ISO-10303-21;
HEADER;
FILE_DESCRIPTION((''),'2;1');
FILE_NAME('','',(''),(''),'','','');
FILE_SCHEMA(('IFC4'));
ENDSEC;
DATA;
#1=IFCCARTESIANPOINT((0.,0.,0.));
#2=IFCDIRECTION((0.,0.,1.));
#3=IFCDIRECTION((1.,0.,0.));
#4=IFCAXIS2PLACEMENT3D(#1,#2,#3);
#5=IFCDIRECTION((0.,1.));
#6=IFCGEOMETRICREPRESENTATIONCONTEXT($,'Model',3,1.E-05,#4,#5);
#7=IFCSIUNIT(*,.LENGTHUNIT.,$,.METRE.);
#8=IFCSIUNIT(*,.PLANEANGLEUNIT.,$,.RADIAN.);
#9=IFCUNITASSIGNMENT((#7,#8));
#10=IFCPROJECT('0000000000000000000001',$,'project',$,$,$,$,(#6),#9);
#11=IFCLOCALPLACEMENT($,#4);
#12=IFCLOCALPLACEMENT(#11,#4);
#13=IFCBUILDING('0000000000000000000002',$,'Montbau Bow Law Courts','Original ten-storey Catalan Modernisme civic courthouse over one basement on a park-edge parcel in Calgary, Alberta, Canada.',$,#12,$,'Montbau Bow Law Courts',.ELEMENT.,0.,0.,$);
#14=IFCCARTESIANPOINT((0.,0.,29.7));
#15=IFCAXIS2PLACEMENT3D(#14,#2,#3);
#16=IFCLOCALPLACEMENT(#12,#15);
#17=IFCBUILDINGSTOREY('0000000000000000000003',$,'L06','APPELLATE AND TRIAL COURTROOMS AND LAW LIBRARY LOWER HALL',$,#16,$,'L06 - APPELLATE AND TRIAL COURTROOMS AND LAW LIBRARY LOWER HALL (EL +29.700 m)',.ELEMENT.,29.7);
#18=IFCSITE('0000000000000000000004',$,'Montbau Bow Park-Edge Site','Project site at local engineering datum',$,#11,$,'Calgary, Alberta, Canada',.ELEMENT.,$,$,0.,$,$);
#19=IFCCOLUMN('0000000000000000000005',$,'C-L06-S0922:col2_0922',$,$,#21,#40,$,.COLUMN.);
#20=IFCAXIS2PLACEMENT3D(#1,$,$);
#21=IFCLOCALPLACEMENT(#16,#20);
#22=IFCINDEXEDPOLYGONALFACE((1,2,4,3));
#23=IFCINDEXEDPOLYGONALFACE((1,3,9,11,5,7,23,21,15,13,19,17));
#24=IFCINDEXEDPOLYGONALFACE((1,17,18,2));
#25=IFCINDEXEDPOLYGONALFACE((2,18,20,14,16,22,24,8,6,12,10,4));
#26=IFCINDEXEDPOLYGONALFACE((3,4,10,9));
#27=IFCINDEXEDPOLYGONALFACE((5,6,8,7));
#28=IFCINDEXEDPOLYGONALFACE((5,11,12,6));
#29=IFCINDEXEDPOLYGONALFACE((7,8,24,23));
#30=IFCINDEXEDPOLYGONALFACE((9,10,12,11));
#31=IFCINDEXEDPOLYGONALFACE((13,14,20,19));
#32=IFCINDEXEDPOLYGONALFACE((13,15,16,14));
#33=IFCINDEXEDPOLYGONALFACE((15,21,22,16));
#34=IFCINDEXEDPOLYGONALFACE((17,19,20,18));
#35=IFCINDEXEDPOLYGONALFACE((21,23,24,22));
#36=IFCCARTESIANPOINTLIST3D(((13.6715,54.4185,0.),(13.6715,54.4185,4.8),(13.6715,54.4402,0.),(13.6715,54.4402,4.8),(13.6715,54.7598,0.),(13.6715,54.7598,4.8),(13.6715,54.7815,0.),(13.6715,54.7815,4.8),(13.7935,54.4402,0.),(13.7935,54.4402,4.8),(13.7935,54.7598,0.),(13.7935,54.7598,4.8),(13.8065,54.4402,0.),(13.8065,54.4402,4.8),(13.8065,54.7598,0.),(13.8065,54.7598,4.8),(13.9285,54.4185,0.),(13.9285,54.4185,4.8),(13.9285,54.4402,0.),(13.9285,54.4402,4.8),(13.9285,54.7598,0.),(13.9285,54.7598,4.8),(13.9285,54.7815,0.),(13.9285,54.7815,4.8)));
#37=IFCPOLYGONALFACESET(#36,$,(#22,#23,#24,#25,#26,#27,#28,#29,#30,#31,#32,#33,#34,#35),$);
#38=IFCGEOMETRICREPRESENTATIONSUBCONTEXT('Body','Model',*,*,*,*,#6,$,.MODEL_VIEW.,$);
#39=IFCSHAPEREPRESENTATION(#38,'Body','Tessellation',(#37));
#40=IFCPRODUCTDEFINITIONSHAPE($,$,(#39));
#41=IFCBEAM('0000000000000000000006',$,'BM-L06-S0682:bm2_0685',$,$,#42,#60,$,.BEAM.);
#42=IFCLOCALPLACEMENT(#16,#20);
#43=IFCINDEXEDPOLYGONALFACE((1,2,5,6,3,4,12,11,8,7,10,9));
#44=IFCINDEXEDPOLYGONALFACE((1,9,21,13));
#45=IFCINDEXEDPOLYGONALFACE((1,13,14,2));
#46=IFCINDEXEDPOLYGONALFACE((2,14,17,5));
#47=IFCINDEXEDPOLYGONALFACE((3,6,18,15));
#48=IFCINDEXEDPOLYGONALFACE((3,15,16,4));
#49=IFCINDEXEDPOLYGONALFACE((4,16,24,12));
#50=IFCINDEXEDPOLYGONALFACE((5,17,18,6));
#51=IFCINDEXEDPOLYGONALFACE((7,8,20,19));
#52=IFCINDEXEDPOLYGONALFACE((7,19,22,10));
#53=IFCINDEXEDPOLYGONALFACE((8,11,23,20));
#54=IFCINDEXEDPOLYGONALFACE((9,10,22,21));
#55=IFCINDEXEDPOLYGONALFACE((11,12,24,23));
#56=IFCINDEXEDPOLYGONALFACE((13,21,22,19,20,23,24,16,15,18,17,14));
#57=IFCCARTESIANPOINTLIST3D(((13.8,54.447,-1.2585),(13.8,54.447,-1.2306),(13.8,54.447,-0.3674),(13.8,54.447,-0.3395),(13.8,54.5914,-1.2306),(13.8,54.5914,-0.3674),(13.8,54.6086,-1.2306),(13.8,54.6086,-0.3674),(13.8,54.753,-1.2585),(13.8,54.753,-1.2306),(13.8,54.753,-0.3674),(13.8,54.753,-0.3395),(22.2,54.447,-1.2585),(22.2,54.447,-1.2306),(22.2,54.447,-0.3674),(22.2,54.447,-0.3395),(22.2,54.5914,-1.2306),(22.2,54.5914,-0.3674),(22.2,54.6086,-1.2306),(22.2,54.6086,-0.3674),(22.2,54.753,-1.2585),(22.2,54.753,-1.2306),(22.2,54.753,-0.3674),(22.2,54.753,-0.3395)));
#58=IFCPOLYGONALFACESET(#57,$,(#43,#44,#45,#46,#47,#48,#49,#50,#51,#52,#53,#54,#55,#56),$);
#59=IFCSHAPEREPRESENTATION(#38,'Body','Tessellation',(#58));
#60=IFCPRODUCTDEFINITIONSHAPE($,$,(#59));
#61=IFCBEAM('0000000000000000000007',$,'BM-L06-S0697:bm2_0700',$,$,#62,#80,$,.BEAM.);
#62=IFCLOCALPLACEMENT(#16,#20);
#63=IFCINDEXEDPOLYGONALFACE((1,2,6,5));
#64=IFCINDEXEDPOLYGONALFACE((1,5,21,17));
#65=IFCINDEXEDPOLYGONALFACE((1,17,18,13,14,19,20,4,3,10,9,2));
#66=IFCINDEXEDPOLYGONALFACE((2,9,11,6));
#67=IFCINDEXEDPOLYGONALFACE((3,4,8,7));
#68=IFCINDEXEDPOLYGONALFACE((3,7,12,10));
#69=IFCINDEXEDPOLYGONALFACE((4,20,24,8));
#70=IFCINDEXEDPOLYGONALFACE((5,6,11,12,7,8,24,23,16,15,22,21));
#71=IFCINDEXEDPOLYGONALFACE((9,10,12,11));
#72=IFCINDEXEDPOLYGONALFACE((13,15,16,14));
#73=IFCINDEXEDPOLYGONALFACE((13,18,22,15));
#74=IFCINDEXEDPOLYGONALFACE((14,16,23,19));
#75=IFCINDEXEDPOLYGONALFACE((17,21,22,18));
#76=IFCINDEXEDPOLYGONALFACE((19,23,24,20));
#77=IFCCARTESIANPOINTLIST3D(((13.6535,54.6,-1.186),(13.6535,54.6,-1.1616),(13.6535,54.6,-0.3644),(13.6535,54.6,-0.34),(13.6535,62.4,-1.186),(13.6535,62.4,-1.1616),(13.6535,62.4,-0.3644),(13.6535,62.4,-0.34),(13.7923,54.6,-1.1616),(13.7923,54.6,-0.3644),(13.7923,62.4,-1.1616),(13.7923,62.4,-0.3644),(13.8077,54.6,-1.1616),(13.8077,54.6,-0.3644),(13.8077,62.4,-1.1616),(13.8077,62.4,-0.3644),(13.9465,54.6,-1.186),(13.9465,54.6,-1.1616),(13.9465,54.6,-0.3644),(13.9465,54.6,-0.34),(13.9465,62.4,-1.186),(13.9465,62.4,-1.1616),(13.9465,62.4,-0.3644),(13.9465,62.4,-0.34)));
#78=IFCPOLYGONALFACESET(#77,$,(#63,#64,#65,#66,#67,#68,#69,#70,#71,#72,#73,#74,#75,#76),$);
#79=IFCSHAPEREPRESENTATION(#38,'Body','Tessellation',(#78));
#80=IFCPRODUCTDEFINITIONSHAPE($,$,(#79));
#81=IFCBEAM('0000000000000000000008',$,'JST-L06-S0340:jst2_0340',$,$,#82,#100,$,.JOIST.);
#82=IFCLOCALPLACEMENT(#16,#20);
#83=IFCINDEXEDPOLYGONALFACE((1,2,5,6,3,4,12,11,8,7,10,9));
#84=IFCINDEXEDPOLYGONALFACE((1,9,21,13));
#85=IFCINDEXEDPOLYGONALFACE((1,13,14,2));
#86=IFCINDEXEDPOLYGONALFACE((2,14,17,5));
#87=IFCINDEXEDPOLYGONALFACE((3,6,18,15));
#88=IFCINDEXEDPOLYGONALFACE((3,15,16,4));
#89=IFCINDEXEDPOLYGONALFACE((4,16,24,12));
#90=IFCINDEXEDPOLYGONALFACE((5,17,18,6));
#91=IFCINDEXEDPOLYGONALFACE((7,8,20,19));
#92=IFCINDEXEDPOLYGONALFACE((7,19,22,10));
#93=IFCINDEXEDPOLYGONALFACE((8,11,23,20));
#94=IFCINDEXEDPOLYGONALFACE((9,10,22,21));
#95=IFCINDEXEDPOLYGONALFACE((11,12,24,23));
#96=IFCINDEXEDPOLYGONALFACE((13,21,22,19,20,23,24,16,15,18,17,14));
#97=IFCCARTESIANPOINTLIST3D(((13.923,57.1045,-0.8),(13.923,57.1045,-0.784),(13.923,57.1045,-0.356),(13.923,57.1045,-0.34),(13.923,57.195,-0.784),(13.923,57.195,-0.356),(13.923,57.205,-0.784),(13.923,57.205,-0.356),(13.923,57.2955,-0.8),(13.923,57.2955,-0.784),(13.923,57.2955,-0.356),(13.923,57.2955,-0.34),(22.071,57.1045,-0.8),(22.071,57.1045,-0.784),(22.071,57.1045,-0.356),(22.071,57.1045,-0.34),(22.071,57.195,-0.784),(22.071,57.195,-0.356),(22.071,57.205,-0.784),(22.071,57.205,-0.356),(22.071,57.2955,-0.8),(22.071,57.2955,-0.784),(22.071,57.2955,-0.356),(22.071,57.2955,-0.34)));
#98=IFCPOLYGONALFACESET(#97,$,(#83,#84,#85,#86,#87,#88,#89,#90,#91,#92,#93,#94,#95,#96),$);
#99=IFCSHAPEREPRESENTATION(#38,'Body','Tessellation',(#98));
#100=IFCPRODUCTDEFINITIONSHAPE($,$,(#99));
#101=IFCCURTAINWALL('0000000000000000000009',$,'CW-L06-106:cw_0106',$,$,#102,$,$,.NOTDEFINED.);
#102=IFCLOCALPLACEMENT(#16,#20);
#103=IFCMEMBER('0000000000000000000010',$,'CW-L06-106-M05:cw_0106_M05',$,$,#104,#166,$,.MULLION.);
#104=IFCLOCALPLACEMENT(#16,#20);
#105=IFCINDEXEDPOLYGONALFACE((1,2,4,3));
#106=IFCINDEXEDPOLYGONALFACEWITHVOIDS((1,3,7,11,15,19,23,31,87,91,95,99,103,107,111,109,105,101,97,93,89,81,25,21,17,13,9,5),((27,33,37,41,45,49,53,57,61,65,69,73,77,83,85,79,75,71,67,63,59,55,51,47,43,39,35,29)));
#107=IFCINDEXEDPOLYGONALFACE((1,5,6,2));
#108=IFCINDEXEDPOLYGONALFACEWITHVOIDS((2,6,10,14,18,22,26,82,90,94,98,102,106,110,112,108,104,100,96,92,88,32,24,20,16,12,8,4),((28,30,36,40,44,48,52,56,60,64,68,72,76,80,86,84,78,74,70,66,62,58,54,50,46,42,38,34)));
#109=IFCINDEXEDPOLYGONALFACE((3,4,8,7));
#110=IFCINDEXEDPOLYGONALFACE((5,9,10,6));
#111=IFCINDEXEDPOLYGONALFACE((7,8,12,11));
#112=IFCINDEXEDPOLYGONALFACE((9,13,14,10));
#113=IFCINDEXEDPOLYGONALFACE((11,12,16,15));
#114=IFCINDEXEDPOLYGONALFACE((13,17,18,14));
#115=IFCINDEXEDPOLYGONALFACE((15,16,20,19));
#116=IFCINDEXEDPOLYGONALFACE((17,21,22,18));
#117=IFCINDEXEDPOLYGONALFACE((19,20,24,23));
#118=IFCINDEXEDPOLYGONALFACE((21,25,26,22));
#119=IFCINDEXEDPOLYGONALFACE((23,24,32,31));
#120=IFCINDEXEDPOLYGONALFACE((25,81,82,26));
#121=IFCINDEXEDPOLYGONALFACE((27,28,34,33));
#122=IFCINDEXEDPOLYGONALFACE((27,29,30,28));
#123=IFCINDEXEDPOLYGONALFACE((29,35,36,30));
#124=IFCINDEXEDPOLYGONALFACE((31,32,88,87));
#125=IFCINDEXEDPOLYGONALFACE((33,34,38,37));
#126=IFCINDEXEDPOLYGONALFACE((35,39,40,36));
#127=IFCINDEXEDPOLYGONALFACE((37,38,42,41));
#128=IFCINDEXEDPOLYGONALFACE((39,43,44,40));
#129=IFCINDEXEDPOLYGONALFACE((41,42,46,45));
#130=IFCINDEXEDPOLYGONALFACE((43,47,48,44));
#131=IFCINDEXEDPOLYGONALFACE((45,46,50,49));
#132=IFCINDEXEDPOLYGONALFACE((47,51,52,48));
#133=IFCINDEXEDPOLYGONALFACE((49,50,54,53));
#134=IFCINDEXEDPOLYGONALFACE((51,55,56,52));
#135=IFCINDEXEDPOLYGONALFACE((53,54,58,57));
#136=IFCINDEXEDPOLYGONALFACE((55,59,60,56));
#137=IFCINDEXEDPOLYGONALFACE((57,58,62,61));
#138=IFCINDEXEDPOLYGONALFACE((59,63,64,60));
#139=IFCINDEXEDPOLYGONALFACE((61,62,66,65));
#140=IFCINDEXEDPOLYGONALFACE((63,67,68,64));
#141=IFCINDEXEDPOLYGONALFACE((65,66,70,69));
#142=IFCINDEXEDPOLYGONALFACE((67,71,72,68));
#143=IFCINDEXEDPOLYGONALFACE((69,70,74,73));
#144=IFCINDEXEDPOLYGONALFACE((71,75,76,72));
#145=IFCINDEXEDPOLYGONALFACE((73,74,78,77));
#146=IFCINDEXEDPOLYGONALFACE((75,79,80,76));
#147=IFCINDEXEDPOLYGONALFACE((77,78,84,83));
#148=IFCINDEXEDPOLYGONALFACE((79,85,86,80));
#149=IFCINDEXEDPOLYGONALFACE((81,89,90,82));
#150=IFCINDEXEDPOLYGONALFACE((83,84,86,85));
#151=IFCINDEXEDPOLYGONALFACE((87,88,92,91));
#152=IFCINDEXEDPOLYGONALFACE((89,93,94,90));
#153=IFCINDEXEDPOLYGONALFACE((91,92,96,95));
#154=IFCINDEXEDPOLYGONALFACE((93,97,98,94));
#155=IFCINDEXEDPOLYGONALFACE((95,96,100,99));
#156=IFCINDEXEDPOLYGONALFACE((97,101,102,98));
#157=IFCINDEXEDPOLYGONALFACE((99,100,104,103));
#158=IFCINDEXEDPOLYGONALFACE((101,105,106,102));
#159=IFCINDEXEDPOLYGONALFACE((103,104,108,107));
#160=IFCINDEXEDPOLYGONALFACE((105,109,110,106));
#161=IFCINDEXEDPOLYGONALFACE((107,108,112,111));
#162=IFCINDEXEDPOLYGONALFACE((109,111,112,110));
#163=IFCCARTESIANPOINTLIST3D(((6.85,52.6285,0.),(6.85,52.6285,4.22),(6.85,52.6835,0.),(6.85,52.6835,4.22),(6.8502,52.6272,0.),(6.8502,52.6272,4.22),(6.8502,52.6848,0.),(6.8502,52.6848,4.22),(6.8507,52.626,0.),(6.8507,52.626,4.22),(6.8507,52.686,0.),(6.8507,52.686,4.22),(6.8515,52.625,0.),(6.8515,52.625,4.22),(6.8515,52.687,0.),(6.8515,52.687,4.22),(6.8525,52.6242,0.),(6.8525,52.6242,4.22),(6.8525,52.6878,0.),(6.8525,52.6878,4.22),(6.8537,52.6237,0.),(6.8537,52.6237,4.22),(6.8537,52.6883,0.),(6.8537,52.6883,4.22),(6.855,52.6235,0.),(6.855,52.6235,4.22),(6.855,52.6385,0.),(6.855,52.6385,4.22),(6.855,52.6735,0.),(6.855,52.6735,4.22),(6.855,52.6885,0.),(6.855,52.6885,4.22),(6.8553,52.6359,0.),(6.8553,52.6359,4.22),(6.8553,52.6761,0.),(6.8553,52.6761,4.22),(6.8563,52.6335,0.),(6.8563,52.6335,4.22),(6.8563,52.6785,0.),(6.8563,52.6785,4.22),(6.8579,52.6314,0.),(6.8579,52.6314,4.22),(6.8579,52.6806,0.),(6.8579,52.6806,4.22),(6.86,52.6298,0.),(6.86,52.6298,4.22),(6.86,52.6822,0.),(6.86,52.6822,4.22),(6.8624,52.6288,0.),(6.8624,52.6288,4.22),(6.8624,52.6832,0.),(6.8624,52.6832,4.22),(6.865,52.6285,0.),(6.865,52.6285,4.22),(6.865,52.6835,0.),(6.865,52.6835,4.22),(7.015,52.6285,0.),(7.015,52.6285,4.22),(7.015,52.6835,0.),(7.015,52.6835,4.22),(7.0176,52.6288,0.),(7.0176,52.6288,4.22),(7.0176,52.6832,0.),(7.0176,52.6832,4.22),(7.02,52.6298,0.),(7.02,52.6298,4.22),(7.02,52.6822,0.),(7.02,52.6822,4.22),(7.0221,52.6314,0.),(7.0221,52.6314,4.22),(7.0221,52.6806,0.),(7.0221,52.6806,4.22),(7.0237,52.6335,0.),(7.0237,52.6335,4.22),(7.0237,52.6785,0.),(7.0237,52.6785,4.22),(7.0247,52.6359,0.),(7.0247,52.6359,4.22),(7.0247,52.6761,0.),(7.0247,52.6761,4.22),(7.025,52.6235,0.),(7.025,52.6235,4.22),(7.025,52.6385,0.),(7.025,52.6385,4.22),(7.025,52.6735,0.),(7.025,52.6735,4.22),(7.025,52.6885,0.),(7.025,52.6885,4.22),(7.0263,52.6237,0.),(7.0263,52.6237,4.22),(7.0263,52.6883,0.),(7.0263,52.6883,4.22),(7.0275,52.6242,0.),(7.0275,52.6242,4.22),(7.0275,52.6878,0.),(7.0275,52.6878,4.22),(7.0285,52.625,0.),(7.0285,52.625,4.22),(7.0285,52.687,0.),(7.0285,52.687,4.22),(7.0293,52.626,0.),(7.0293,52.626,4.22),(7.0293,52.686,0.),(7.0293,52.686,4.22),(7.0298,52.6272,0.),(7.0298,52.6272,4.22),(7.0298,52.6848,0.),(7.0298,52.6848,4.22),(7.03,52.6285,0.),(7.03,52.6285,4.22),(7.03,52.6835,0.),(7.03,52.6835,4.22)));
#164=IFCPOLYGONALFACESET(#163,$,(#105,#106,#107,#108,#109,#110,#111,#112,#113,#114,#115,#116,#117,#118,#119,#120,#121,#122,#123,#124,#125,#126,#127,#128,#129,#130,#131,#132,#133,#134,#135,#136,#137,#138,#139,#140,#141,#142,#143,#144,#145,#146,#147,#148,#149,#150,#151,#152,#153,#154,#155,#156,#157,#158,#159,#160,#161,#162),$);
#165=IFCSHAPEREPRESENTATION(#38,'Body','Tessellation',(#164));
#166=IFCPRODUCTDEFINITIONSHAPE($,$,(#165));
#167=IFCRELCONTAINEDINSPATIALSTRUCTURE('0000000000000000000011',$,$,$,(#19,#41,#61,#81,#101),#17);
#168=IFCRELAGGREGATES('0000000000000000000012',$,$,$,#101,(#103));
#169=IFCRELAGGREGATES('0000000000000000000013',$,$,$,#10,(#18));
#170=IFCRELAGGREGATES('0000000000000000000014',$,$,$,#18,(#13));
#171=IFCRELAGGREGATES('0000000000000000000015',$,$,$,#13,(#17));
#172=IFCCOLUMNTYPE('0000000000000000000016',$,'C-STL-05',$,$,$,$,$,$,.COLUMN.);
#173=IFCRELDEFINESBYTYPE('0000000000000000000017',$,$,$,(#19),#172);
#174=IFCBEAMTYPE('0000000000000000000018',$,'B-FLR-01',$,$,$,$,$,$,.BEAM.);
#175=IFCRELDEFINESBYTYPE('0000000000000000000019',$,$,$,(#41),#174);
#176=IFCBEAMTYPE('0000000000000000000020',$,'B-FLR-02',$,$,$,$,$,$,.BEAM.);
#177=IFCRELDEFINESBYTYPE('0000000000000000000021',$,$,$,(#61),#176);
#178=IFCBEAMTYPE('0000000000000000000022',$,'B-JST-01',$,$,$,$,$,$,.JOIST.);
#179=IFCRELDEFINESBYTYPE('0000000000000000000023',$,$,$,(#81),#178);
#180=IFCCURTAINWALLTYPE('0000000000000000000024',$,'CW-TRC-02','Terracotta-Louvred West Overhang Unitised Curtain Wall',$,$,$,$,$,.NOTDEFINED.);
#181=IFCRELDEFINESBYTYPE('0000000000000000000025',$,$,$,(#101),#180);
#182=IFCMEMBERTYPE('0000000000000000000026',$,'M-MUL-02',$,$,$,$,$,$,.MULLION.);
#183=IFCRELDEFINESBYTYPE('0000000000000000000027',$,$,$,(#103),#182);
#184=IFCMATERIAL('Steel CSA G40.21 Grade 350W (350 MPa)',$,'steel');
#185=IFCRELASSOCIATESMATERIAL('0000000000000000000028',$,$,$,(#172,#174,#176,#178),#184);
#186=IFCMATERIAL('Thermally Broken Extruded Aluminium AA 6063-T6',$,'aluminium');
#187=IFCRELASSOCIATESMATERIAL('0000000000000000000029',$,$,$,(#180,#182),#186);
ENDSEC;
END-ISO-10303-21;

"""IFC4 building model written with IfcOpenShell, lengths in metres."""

from ifc_helpers import new_model, si_unit, direction, frame, origin_with_axes, origin_2d_with_axis, place, context, subcontext, project, spatial, hollow_rectangle, i_section, extrude, material, material_profile, profile_set, type_object, element, aggregate, save


model = new_model("IFC4")

# Units and contexts
model_context = context("Model", 3, precision=1e-05, world=origin_with_axes(), true_north=direction((0.0, 1.0)))
body_context = subcontext(model_context, "Body", "Model", "MODEL_VIEW")
ifc_project = project(units=[si_unit("LENGTHUNIT", "METRE"), si_unit("PLANEANGLEUNIT", "RADIAN")], contexts=[model_context])

# Site, building, storey
site_placement = place(None, origin_with_axes())
site = spatial("IfcSite", under=ifc_project, at=site_placement, Name="Montbau Bow Park-Edge Site", Description="Project site at local engineering datum", LongName="Calgary, Alberta, Canada", CompositionType="ELEMENT", RefElevation=0.0)
building_placement = place(site_placement, origin_with_axes())
building = spatial("IfcBuilding", under=site, at=building_placement, Name="Montbau Bow Law Courts", Description="Original ten-storey Catalan Modernisme civic courthouse over one basement on a park-edge parcel in Calgary, Alberta, Canada.", LongName="Montbau Bow Law Courts", CompositionType="ELEMENT", ElevationOfRefHeight=0.0, ElevationOfTerrain=0.0)
storey_placement = place(building_placement, frame((0.0, 0.0, 29.7), z_axis=(0.0, 0.0, 1.0), x_axis=(1.0, 0.0, 0.0)))
storey = spatial("IfcBuildingStorey", under=building, at=storey_placement, Name="L06", Description="APPELLATE AND TRIAL COURTROOMS AND LAW LIBRARY LOWER HALL", LongName="L06 - APPELLATE AND TRIAL COURTROOMS AND LAW LIBRARY LOWER HALL (EL +29.700 m)", CompositionType="ELEMENT", Elevation=29.7)

# Column
ifc_material_1 = material(Name="Steel CSA G40.21 Grade 350W (350 MPa)", Category="steel")
ifc_material_profile_1 = material_profile(ifc_material_1, i_section(OverallWidth=0.257, OverallDepth=0.363, WebThickness=0.013, FlangeThickness=0.0217, at=origin_2d_with_axis()), Name="W360X122", Category="Main", Priority=0)
ifc_profile_set_1 = profile_set([ifc_material_profile_1], Name="Steel CSA G40.21 Grade 350W (350 MPa)")
column_type = type_object("IfcColumnType", Name="C-STL-05", PredefinedType="COLUMN", material=ifc_profile_set_1)
column_placement = place(None, frame((13.8, 54.6, 29.7), z_axis=(0.0, 0.0, 1.0), x_axis=(1.0, 0.0, 0.0)))
element("IfcColumn", 1, at=column_placement, inside=storey, type_object=column_type, Name="C-L06-S0922:col2_0922", PredefinedType="COLUMN", context=body_context, shape_type="SweptSolid", body=[
    extrude(i_section(OverallWidth=0.257, OverallDepth=0.363, WebThickness=0.013, FlangeThickness=0.0217, at=origin_2d_with_axis()), origin_with_axes(), (0.0, 0.0, 1.0), 4.8),
])

# Beams
ifc_material_profile_2 = material_profile(ifc_material_1, i_section(OverallWidth=0.306, OverallDepth=0.919, WebThickness=0.0173, FlangeThickness=0.0279, at=origin_2d_with_axis()), Name="W920X253", Category="Main", Priority=0)
ifc_profile_set_2 = profile_set([ifc_material_profile_2], Name="Steel CSA G40.21 Grade 350W (350 MPa)")
beam_type_1 = type_object("IfcBeamType", Name="B-FLR-01", PredefinedType="BEAM", material=ifc_profile_set_2)
beam_1_placement = place(None, frame((13.8, 54.6, 28.901), z_axis=(1.0, 0.0, 0.0), x_axis=(0.0, 1.0, 0.0)))
element("IfcBeam", 2, at=beam_1_placement, inside=storey, type_object=beam_type_1, Name="BM-L06-S0682:bm2_0685", PredefinedType="BEAM", context=body_context, shape_type="SweptSolid", body=[
    extrude(i_section(OverallWidth=0.306, OverallDepth=0.919, WebThickness=0.0173, FlangeThickness=0.0279, at=origin_2d_with_axis()), origin_with_axes(), (0.0, 0.0, 1.0), 8.4),
])
ifc_material_profile_3 = material_profile(ifc_material_1, i_section(OverallWidth=0.293, OverallDepth=0.846, WebThickness=0.0154, FlangeThickness=0.0244, at=origin_2d_with_axis()), Name="W840X210", Category="Main", Priority=0)
ifc_profile_set_3 = profile_set([ifc_material_profile_3], Name="Steel CSA G40.21 Grade 350W (350 MPa)")
beam_type_2 = type_object("IfcBeamType", Name="B-FLR-02", PredefinedType="BEAM", material=ifc_profile_set_3)
beam_2_placement = place(None, frame((13.8, 54.6, 28.937), z_axis=(0.0, 1.0, 0.0), x_axis=(-1.0, 0.0, 0.0)))
element("IfcBeam", 3, at=beam_2_placement, inside=storey, type_object=beam_type_2, Name="BM-L06-S0697:bm2_0700", PredefinedType="BEAM", context=body_context, shape_type="SweptSolid", body=[
    extrude(i_section(OverallWidth=0.293, OverallDepth=0.846, WebThickness=0.0154, FlangeThickness=0.0244, at=origin_2d_with_axis()), origin_with_axes(), (0.0, 0.0, 1.0), 7.8),
])
ifc_material_profile_4 = material_profile(ifc_material_1, i_section(OverallWidth=0.191, OverallDepth=0.46, WebThickness=0.0099, FlangeThickness=0.016, at=origin_2d_with_axis()), Name="W460X82", Category="Main", Priority=0)
ifc_profile_set_4 = profile_set([ifc_material_profile_4], Name="Steel CSA G40.21 Grade 350W (350 MPa)")
beam_type_3 = type_object("IfcBeamType", Name="B-JST-01", PredefinedType="JOIST", material=ifc_profile_set_4)
beam_3_placement = place(None, frame((13.923, 57.2, 29.13), z_axis=(1.0, 0.0, 0.0), x_axis=(0.0, 1.0, 0.0)))
element("IfcBeam", 4, at=beam_3_placement, inside=storey, type_object=beam_type_3, Name="JST-L06-S0340:jst2_0340", PredefinedType="JOIST", context=body_context, shape_type="SweptSolid", body=[
    extrude(i_section(OverallWidth=0.191, OverallDepth=0.46, WebThickness=0.0099, FlangeThickness=0.016, at=origin_2d_with_axis()), origin_with_axes(), (0.0, 0.0, 1.0), 8.148),
])

# Curtain wall, member
ifc_material_2 = material(Name="Thermally Broken Extruded Aluminium AA 6063-T6", Category="aluminium")
curtain_wall_type = type_object("IfcCurtainWallType", Name="CW-TRC-02", Description="Terracotta-Louvred West Overhang Unitised Curtain Wall", PredefinedType="NOTDEFINED", material=ifc_material_2)
curtain_wall_1_placement = place(None, frame((6.94, 46.64, 29.7), z_axis=(0.0, 0.0, 1.0), x_axis=(1.0, 0.0, 0.0)))
curtain_wall_1 = element("IfcCurtainWall", 5, at=curtain_wall_1_placement, inside=storey, type_object=curtain_wall_type, Name="CW-L06-106:cw_0106", PredefinedType="NOTDEFINED")
ifc_material_profile_5 = material_profile(ifc_material_2, hollow_rectangle(XDim=0.065, YDim=0.18, WallThickness=0.005, InnerFilletRadius=0.01, OuterFilletRadius=0.005, at=origin_2d_with_axis()), Name="CWM-180X65", Category="Main", Priority=0)
ifc_profile_set_5 = profile_set([ifc_material_profile_5], Name="Thermally Broken Extruded Aluminium AA 6063-T6")
member_type_1 = type_object("IfcMemberType", Name="M-MUL-02", PredefinedType="MULLION", material=ifc_profile_set_5)
member_1_placement = place(None, frame((6.94, 52.656, 29.7), z_axis=(0.0, 0.0, 1.0), x_axis=(0.0, 1.0, 0.0)))
member_1 = element("IfcMember", 6, at=member_1_placement, type_object=member_type_1, Name="CW-L06-106-M05:cw_0106_M05", PredefinedType="MULLION", context=body_context, shape_type="SweptSolid", body=[
    extrude(hollow_rectangle(XDim=0.065, YDim=0.18, WallThickness=0.005, InnerFilletRadius=0.01, OuterFilletRadius=0.005, at=origin_2d_with_axis()), origin_with_axes(), (0.0, 0.0, 1.0), 4.22),
])

aggregate(curtain_wall_1, [member_1])

save(model, "model.ifc")
